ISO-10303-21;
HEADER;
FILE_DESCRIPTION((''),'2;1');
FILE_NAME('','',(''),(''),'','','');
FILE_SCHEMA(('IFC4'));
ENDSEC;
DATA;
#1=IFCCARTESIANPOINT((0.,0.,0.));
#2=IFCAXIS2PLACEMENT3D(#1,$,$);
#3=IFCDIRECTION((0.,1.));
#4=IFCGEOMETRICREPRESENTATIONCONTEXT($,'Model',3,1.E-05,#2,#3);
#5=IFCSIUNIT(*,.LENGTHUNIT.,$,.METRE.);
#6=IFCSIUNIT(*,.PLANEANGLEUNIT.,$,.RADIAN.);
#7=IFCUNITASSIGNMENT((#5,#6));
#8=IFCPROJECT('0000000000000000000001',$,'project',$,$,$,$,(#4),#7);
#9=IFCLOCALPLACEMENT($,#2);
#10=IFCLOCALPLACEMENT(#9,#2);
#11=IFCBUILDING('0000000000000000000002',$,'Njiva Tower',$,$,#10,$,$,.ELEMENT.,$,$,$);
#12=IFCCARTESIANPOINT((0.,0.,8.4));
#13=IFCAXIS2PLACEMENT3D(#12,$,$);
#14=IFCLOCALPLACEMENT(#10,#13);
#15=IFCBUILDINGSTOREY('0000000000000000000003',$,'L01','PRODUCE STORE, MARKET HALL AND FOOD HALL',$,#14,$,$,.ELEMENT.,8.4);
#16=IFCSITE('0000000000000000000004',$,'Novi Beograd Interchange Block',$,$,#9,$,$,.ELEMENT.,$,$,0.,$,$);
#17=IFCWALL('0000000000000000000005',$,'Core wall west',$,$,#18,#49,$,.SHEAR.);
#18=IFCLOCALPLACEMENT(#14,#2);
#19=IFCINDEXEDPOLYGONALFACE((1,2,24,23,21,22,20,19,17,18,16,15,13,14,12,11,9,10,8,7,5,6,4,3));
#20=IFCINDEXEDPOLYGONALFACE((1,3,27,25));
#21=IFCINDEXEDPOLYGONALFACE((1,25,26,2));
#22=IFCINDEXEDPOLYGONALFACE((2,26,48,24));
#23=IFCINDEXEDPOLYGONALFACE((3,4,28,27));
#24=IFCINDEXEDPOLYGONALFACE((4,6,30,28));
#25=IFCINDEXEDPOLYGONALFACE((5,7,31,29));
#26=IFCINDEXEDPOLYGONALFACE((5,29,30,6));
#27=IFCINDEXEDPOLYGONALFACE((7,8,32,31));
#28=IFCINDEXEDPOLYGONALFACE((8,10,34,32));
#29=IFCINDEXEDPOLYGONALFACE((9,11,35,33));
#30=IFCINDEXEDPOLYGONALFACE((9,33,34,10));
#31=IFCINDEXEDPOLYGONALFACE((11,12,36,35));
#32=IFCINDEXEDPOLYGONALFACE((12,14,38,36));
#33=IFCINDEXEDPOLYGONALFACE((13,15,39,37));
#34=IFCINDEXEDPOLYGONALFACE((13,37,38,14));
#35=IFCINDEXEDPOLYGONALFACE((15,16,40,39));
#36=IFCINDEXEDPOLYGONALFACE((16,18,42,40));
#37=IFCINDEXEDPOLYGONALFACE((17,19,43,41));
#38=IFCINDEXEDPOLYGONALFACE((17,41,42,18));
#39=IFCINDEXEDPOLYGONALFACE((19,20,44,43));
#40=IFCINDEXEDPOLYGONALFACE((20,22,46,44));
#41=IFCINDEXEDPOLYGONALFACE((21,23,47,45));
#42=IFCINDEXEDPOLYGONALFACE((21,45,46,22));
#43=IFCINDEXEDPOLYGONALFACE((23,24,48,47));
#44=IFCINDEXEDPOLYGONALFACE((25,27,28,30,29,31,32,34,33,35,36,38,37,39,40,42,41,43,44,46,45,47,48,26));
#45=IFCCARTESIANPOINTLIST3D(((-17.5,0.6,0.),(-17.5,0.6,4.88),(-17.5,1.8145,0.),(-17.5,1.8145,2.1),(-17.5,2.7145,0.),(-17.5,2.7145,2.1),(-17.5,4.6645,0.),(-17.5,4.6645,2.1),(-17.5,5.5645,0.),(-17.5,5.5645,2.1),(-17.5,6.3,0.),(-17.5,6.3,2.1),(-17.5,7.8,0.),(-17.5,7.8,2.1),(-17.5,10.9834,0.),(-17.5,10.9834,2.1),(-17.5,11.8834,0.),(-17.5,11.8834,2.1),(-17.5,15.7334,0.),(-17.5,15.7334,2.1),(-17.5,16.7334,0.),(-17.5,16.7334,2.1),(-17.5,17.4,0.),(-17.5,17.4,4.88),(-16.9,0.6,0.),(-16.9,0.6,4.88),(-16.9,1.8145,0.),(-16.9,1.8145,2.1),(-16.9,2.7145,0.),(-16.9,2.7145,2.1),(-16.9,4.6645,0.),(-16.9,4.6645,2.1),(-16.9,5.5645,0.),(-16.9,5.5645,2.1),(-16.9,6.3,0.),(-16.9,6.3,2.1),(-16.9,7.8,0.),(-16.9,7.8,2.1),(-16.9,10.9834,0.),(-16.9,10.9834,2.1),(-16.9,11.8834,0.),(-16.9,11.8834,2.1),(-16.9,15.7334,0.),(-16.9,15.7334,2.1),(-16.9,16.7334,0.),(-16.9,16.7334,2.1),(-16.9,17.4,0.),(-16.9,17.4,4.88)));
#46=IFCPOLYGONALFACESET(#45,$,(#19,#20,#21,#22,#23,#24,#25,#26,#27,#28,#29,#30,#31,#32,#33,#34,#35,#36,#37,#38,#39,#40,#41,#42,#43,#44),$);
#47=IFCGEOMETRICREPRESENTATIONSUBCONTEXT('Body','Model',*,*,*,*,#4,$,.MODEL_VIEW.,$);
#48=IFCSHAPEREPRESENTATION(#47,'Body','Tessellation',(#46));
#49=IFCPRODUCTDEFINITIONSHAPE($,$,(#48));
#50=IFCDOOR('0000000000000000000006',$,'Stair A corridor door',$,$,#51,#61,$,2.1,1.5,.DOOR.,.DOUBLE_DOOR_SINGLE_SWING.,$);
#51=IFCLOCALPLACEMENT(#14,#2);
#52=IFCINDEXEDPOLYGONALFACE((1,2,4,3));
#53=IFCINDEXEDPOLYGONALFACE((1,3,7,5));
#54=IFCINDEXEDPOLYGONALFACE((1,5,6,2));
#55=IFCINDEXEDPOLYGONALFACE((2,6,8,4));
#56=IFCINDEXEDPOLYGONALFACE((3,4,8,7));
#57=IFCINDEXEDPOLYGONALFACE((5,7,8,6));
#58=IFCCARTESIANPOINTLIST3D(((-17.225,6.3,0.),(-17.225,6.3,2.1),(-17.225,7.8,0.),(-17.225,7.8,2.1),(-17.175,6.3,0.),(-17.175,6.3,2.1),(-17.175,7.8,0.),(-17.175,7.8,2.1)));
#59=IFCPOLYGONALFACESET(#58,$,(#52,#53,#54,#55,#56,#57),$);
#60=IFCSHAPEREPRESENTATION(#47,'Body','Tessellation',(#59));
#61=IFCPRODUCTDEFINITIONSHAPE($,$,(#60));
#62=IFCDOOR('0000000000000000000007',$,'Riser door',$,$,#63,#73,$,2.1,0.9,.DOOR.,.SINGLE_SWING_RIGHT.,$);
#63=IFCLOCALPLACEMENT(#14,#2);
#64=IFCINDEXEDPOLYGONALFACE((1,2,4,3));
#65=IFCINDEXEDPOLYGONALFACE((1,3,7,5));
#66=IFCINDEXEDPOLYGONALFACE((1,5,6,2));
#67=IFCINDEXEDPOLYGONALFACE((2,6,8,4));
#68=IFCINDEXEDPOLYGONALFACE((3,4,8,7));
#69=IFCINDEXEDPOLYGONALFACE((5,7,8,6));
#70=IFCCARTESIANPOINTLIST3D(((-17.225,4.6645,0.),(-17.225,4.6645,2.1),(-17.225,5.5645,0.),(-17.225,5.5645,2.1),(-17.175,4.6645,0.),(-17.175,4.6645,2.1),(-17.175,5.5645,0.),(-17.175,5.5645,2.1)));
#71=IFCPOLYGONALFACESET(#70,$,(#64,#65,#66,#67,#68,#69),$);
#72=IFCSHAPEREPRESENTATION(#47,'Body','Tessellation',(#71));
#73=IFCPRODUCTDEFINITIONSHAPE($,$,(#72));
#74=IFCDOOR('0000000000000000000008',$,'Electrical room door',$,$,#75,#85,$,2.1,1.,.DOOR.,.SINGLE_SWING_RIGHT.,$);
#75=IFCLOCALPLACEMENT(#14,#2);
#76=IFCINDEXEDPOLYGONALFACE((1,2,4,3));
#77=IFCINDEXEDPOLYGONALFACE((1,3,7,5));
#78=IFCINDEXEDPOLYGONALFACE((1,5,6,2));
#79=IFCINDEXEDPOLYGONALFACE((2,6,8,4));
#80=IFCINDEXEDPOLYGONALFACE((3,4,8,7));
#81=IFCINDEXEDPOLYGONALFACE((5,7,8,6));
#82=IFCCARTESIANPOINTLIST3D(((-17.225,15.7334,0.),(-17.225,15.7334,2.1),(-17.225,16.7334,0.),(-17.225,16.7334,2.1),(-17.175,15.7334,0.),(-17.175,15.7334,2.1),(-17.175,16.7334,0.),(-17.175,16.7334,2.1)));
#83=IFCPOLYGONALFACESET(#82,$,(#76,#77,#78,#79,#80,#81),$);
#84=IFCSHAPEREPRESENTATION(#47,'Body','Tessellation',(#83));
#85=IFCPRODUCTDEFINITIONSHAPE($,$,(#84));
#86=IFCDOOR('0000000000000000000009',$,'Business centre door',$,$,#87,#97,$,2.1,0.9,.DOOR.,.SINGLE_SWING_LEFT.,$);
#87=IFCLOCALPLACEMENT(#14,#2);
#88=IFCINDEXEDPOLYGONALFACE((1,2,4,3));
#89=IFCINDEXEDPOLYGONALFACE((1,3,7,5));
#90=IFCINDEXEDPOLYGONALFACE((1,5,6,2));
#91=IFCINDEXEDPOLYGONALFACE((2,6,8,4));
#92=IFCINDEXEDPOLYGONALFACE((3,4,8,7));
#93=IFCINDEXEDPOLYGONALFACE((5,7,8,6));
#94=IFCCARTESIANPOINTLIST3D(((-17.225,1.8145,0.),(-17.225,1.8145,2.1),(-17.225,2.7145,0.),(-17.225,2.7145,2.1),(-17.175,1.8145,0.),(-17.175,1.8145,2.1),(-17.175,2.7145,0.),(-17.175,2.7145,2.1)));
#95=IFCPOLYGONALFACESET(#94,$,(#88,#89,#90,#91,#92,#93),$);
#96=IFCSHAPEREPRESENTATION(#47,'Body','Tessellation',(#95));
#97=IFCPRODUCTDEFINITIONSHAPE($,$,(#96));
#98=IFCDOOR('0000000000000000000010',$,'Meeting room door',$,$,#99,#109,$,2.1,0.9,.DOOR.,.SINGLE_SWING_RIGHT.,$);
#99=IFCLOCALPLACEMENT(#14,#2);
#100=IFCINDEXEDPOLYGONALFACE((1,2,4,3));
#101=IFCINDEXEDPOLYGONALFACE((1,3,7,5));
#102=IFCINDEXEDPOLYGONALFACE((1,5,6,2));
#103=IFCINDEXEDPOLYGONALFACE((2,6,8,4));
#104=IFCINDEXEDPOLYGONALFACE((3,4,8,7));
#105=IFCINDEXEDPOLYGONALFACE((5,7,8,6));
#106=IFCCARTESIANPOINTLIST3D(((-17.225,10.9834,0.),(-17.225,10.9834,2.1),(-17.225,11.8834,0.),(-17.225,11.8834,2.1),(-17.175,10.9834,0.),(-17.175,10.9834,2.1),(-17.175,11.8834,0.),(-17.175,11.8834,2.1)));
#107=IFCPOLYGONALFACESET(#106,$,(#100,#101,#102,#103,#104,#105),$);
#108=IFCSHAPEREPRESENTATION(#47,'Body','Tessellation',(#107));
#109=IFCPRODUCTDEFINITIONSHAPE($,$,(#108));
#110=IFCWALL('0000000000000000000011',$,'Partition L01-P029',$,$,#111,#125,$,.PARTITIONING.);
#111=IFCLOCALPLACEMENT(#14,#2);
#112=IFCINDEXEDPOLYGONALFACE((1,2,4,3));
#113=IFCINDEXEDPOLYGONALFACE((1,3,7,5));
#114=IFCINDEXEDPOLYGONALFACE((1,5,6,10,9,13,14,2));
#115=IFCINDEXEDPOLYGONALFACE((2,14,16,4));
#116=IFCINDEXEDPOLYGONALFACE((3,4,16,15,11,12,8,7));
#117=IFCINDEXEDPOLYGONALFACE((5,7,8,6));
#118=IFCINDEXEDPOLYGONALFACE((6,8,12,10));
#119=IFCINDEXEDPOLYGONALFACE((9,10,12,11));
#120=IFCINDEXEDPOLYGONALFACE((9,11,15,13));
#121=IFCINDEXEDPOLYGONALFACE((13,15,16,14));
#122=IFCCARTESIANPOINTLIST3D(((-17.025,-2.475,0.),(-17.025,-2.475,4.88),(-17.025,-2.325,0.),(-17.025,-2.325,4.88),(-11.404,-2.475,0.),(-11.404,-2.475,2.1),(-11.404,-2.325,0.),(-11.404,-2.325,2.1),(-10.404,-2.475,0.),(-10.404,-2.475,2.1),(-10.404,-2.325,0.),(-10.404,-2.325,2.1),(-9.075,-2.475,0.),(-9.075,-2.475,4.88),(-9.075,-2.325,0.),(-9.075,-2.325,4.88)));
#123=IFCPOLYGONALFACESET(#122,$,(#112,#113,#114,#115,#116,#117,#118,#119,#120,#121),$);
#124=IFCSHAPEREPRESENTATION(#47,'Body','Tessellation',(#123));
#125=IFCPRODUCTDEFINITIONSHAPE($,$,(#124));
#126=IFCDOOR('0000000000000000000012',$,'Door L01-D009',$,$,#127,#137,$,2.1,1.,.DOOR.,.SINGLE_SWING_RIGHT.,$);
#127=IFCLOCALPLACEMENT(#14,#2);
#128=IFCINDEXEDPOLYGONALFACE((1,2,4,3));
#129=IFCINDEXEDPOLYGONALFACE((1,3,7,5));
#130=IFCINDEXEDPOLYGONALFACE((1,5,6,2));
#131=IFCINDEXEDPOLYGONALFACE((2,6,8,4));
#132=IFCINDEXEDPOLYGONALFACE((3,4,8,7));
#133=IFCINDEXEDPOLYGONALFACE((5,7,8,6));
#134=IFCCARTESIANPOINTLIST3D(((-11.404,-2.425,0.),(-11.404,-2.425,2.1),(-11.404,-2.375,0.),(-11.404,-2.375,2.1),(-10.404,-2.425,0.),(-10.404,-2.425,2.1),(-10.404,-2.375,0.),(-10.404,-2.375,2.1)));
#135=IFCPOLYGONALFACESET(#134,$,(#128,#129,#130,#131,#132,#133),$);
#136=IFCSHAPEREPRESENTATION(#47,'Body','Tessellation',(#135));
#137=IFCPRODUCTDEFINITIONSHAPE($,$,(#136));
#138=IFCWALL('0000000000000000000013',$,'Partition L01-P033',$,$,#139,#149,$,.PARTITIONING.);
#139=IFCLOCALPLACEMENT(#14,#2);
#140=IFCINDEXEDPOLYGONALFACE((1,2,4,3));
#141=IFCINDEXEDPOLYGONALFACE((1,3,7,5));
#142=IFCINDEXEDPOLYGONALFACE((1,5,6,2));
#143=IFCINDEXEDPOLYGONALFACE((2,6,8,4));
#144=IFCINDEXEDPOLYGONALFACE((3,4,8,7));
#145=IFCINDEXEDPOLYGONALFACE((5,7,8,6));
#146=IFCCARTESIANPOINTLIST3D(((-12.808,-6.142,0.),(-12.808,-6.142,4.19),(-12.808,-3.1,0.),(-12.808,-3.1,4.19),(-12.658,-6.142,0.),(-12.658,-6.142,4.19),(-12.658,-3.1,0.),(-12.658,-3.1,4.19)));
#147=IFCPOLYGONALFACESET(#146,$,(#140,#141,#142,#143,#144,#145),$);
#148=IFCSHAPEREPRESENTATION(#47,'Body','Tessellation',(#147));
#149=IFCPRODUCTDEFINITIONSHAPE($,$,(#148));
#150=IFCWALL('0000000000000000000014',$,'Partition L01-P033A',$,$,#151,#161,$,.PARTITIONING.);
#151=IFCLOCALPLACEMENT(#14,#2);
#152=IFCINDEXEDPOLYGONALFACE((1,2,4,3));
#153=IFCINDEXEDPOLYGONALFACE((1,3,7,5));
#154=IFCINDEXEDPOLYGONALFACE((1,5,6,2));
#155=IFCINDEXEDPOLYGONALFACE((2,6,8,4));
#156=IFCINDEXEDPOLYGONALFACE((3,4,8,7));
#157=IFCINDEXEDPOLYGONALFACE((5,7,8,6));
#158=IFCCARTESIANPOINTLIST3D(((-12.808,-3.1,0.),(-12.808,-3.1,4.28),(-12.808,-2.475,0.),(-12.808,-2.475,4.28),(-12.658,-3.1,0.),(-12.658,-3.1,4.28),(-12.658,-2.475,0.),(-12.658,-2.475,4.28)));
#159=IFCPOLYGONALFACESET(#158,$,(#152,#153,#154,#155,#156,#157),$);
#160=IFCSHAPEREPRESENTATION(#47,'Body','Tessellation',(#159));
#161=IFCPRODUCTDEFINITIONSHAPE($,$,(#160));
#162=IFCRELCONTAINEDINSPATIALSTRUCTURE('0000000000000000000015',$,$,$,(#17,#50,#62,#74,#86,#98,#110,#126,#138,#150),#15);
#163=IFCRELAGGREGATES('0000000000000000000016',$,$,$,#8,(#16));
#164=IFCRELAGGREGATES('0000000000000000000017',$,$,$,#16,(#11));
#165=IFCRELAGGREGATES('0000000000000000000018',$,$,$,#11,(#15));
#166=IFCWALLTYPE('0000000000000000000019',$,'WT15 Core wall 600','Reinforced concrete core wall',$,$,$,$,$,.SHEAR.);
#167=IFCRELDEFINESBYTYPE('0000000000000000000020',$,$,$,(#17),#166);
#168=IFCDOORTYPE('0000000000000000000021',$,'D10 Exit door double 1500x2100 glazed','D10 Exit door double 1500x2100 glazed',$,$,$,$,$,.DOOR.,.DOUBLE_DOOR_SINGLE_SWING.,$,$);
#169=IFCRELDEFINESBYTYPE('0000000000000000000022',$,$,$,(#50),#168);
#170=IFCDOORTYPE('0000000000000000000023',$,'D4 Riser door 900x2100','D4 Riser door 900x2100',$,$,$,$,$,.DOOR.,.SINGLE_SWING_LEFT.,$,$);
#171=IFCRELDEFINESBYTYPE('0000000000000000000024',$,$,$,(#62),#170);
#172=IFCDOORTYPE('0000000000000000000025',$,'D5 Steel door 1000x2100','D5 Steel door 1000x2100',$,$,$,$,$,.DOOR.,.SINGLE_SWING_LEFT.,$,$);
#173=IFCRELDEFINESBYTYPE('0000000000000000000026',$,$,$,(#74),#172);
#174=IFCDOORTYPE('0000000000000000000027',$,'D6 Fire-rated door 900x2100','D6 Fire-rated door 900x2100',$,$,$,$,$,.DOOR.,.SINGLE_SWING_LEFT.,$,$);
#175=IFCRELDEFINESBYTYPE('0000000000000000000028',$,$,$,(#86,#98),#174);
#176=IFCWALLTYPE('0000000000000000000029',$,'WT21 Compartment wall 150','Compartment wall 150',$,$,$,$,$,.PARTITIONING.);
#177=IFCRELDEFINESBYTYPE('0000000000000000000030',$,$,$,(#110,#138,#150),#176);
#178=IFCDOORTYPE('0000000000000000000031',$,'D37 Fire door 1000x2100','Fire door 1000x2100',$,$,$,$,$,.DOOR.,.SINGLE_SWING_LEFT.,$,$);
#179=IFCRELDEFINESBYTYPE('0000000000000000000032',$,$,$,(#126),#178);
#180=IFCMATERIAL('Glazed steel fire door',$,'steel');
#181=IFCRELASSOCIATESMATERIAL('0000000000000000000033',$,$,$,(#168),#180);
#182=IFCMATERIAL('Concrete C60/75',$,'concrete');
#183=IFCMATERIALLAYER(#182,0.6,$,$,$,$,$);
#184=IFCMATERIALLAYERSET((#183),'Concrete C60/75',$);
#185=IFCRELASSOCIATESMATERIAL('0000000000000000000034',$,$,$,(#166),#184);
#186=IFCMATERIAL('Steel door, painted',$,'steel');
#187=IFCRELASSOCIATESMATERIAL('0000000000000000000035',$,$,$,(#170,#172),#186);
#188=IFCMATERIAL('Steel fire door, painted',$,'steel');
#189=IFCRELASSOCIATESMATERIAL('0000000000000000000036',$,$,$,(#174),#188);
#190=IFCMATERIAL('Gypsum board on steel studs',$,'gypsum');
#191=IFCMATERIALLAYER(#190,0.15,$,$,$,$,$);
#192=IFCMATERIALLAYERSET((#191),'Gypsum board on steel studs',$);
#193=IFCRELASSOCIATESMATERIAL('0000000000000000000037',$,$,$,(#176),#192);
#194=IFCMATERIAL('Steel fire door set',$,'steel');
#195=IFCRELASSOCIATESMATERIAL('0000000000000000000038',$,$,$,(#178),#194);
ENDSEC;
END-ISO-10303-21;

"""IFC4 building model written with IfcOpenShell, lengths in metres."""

from ifc_helpers import new_model, si_unit, direction, frame, frame_2d, origin, place, context, subcontext, project, spatial, rectangle, extrude, material, layer, layer_set, type_object, element, fill, save


model = new_model("IFC4")

# Units and contexts
model_context = context("Model", 3, precision=1e-05, world=origin(), true_north=direction((0.0, 1.0)))
body_context = subcontext(model_context, "Body", "Model", "MODEL_VIEW")
ifc_project = project(units=[si_unit("LENGTHUNIT", "METRE"), si_unit("PLANEANGLEUNIT", "RADIAN")], contexts=[model_context])

# Site, building, storey
site_placement = place(None, origin())
site = spatial("IfcSite", under=ifc_project, at=site_placement, Name="Novi Beograd Interchange Block", CompositionType="ELEMENT", RefElevation=0.0)
building_placement = place(site_placement, origin())
building = spatial("IfcBuilding", under=site, at=building_placement, Name="Njiva Tower", CompositionType="ELEMENT")
storey_placement = place(building_placement, frame((0.0, 0.0, 8.4)))
storey = spatial("IfcBuildingStorey", under=building, at=storey_placement, Name="L01", Description="PRODUCE STORE, MARKET HALL AND FOOD HALL", CompositionType="ELEMENT", Elevation=8.4)

# Shared definitions
ifc_material_1 = material(Name="Glazed steel fire door", Category="steel")
door_type_1 = type_object("IfcDoorType", Name="D10 Exit door double 1500x2100 glazed", Description="D10 Exit door double 1500x2100 glazed", OperationType="DOUBLE_DOOR_SINGLE_SWING", PredefinedType="DOOR", material=ifc_material_1)

# Wall, openings, doors
ifc_material_2 = material(Name="Concrete C60/75", Category="concrete")
ifc_layer_1 = layer(ifc_material_2, 0.6)
ifc_layer_set_1 = layer_set([ifc_layer_1], Name="Concrete C60/75")
wall_type_1 = type_object("IfcWallType", Name="WT15 Core wall 600", Description="Reinforced concrete core wall", PredefinedType="SHEAR", material=ifc_layer_set_1)
wall_1_placement = place(storey_placement, frame((-17.2, 0.6, 0.0), z_axis=(0.0, 0.0, 1.0), x_axis=(0.0, 1.0, 0.0)))
wall_1 = element("IfcWall", 1, at=wall_1_placement, inside=storey, type_object=wall_type_1, Name="Core wall west", PredefinedType="SHEAR", context=body_context, shape_type="SweptSolid", body=[
    extrude(rectangle(XDim=16.8, YDim=0.6, at=frame_2d((8.4, 0.0))), origin(), (0.0, 0.0, 1.0), 4.88),
])
opening_1_placement = place(wall_1_placement, frame((5.7, 0.0, 0.0)))
opening_1 = element("IfcOpeningElement", 2, at=opening_1_placement, cuts=wall_1, PredefinedType="OPENING", context=body_context, shape_type="SweptSolid", body=[
    extrude(rectangle(XDim=1.5, YDim=2.1, at=frame_2d((0.75, 1.05))), frame((0.0, 0.31, 0.0), z_axis=(0.0, -1.0, 0.0), x_axis=(1.0, 0.0, 0.0)), (0.0, 0.0, 1.0), 0.62),
])
opening_2_placement = place(wall_1_placement, frame((1.2145, 0.0, 0.0)))
opening_2 = element("IfcOpeningElement", 3, at=opening_2_placement, cuts=wall_1, PredefinedType="OPENING", context=body_context, shape_type="SweptSolid", body=[
    extrude(rectangle(XDim=0.9, YDim=2.1, at=frame_2d((0.45, 1.05))), frame((0.0, 0.31, 0.0), z_axis=(0.0, -1.0, 0.0), x_axis=(1.0, 0.0, 0.0)), (0.0, 0.0, 1.0), 0.62),
])
opening_3_placement = place(wall_1_placement, frame((4.0645, 0.0, 0.0)))
opening_3 = element("IfcOpeningElement", 4, at=opening_3_placement, cuts=wall_1, PredefinedType="OPENING", context=body_context, shape_type="SweptSolid", body=[
    extrude(rectangle(XDim=0.9, YDim=2.1, at=frame_2d((0.45, 1.05))), frame((0.0, 0.31, 0.0), z_axis=(0.0, -1.0, 0.0), x_axis=(1.0, 0.0, 0.0)), (0.0, 0.0, 1.0), 0.62),
])
opening_4_placement = place(wall_1_placement, frame((10.3834, 0.0, 0.0)))
opening_4 = element("IfcOpeningElement", 5, at=opening_4_placement, cuts=wall_1, PredefinedType="OPENING", context=body_context, shape_type="SweptSolid", body=[
    extrude(rectangle(XDim=0.9, YDim=2.1, at=frame_2d((0.45, 1.05))), frame((0.0, 0.31, 0.0), z_axis=(0.0, -1.0, 0.0), x_axis=(1.0, 0.0, 0.0)), (0.0, 0.0, 1.0), 0.62),
])
opening_5_placement = place(wall_1_placement, frame((15.1334, 0.0, 0.0)))
opening_5 = element("IfcOpeningElement", 6, at=opening_5_placement, cuts=wall_1, PredefinedType="OPENING", context=body_context, shape_type="SweptSolid", body=[
    extrude(rectangle(XDim=1.0, YDim=2.1, at=frame_2d((0.5, 1.05))), frame((0.0, 0.31, 0.0), z_axis=(0.0, -1.0, 0.0), x_axis=(1.0, 0.0, 0.0)), (0.0, 0.0, 1.0), 0.62),
])
door_1_placement = place(opening_1_placement, origin())
door_1 = element("IfcDoor", 7, at=door_1_placement, inside=storey, type_object=door_type_1, Name="Stair A corridor door", OperationType="DOUBLE_DOOR_SINGLE_SWING", OverallHeight=2.1, OverallWidth=1.5, PredefinedType="DOOR", context=body_context, shape_type="SweptSolid", body=[
    extrude(rectangle(XDim=1.5, YDim=2.1, at=frame_2d((0.75, 1.05))), frame((0.0, 0.025, 0.0), z_axis=(0.0, -1.0, 0.0), x_axis=(1.0, 0.0, 0.0)), (0.0, 0.0, 1.0), 0.05),
])
fill(opening_1, door_1)
ifc_material_3 = material(Name="Steel door, painted", Category="steel")
door_type_2 = type_object("IfcDoorType", Name="D4 Riser door 900x2100", Description="D4 Riser door 900x2100", OperationType="SINGLE_SWING_LEFT", PredefinedType="DOOR", material=ifc_material_3)
door_2_placement = place(opening_3_placement, origin())
door_2 = element("IfcDoor", 8, at=door_2_placement, inside=storey, type_object=door_type_2, Name="Riser door", OperationType="SINGLE_SWING_RIGHT", OverallHeight=2.1, OverallWidth=0.9, PredefinedType="DOOR", context=body_context, shape_type="SweptSolid", body=[
    extrude(rectangle(XDim=0.9, YDim=2.1, at=frame_2d((0.45, 1.05))), frame((0.0, 0.025, 0.0), z_axis=(0.0, -1.0, 0.0), x_axis=(1.0, 0.0, 0.0)), (0.0, 0.0, 1.0), 0.05),
])
fill(opening_3, door_2)
door_type_3 = type_object("IfcDoorType", Name="D5 Steel door 1000x2100", Description="D5 Steel door 1000x2100", OperationType="SINGLE_SWING_LEFT", PredefinedType="DOOR", material=ifc_material_3)
door_3_placement = place(opening_5_placement, origin())
door_3 = element("IfcDoor", 9, at=door_3_placement, inside=storey, type_object=door_type_3, Name="Electrical room door", OperationType="SINGLE_SWING_RIGHT", OverallHeight=2.1, OverallWidth=1.0, PredefinedType="DOOR", context=body_context, shape_type="SweptSolid", body=[
    extrude(rectangle(XDim=1.0, YDim=2.1, at=frame_2d((0.5, 1.05))), frame((0.0, 0.025, 0.0), z_axis=(0.0, -1.0, 0.0), x_axis=(1.0, 0.0, 0.0)), (0.0, 0.0, 1.0), 0.05),
])
fill(opening_5, door_3)
ifc_material_4 = material(Name="Steel fire door, painted", Category="steel")
door_type_4 = type_object("IfcDoorType", Name="D6 Fire-rated door 900x2100", Description="D6 Fire-rated door 900x2100", OperationType="SINGLE_SWING_LEFT", PredefinedType="DOOR", material=ifc_material_4)
door_4_placement = place(opening_2_placement, origin())
door_4 = element("IfcDoor", 10, at=door_4_placement, inside=storey, type_object=door_type_4, Name="Business centre door", OperationType="SINGLE_SWING_LEFT", OverallHeight=2.1, OverallWidth=0.9, PredefinedType="DOOR", context=body_context, shape_type="SweptSolid", body=[
    extrude(rectangle(XDim=0.9, YDim=2.1, at=frame_2d((0.45, 1.05))), frame((0.0, 0.025, 0.0), z_axis=(0.0, -1.0, 0.0), x_axis=(1.0, 0.0, 0.0)), (0.0, 0.0, 1.0), 0.05),
])
fill(opening_2, door_4)
door_5_placement = place(opening_4_placement, origin())
door_5 = element("IfcDoor", 11, at=door_5_placement, inside=storey, type_object=door_type_4, Name="Meeting room door", OperationType="SINGLE_SWING_RIGHT", OverallHeight=2.1, OverallWidth=0.9, PredefinedType="DOOR", context=body_context, shape_type="SweptSolid", body=[
    extrude(rectangle(XDim=0.9, YDim=2.1, at=frame_2d((0.45, 1.05))), frame((0.0, 0.025, 0.0), z_axis=(0.0, -1.0, 0.0), x_axis=(1.0, 0.0, 0.0)), (0.0, 0.0, 1.0), 0.05),
])
fill(opening_4, door_5)

# Wall, opening, door
ifc_material_5 = material(Name="Gypsum board on steel studs", Category="gypsum")
ifc_layer_2 = layer(ifc_material_5, 0.15)
ifc_layer_set_2 = layer_set([ifc_layer_2], Name="Gypsum board on steel studs")
wall_type_2 = type_object("IfcWallType", Name="WT21 Compartment wall 150", Description="Compartment wall 150", PredefinedType="PARTITIONING", material=ifc_layer_set_2)
wall_2_placement = place(storey_placement, frame((-17.025, -2.4, 0.0), z_axis=(0.0, 0.0, 1.0), x_axis=(1.0, 0.0, 0.0)))
wall_2 = element("IfcWall", 12, at=wall_2_placement, inside=storey, type_object=wall_type_2, Name="Partition L01-P029", PredefinedType="PARTITIONING", context=body_context, shape_type="SweptSolid", body=[
    extrude(rectangle(XDim=7.95, YDim=0.15, at=frame_2d((3.975, 0.0))), origin(), (0.0, 0.0, 1.0), 4.88),
])
opening_6_placement = place(wall_2_placement, frame((5.621, 0.0, 0.0)))
opening_6 = element("IfcOpeningElement", 13, at=opening_6_placement, cuts=wall_2, PredefinedType="OPENING", context=body_context, shape_type="SweptSolid", body=[
    extrude(rectangle(XDim=1.0, YDim=2.1, at=frame_2d((0.5, 1.05))), frame((0.0, 0.085, 0.0), z_axis=(0.0, -1.0, 0.0), x_axis=(1.0, 0.0, 0.0)), (0.0, 0.0, 1.0), 0.17),
])
ifc_material_6 = material(Name="Steel fire door set", Category="steel")
door_type_5 = type_object("IfcDoorType", Name="D37 Fire door 1000x2100", Description="Fire door 1000x2100", OperationType="SINGLE_SWING_LEFT", PredefinedType="DOOR", material=ifc_material_6)
door_6_placement = place(opening_6_placement, origin())
door_6 = element("IfcDoor", 14, at=door_6_placement, inside=storey, type_object=door_type_5, Name="Door L01-D009", OperationType="SINGLE_SWING_RIGHT", OverallHeight=2.1, OverallWidth=1.0, PredefinedType="DOOR", context=body_context, shape_type="SweptSolid", body=[
    extrude(rectangle(XDim=1.0, YDim=2.1, at=frame_2d((0.5, 1.05))), frame((0.0, 0.025, 0.0), z_axis=(0.0, -1.0, 0.0), x_axis=(1.0, 0.0, 0.0)), (0.0, 0.0, 1.0), 0.05),
])
fill(opening_6, door_6)

# Walls
wall_3_placement = place(storey_placement, frame((-12.733, -6.142, 0.0), z_axis=(0.0, 0.0, 1.0), x_axis=(0.0, 1.0, 0.0)))
element("IfcWall", 15, at=wall_3_placement, inside=storey, type_object=wall_type_2, Name="Partition L01-P033", PredefinedType="PARTITIONING", context=body_context, shape_type="SweptSolid", body=[
    extrude(rectangle(XDim=3.042, YDim=0.15, at=frame_2d((1.521, 0.0))), origin(), (0.0, 0.0, 1.0), 4.19),
])
wall_4_placement = place(storey_placement, frame((-12.733, -3.1, 0.0), z_axis=(0.0, 0.0, 1.0), x_axis=(0.0, 1.0, 0.0)))
element("IfcWall", 16, at=wall_4_placement, inside=storey, type_object=wall_type_2, Name="Partition L01-P033A", PredefinedType="PARTITIONING", context=body_context, shape_type="SweptSolid", body=[
    extrude(rectangle(XDim=0.625, YDim=0.15, at=frame_2d((0.3125, 0.0))), origin(), (0.0, 0.0, 1.0), 4.28),
])

save(model, "model.ifc")
